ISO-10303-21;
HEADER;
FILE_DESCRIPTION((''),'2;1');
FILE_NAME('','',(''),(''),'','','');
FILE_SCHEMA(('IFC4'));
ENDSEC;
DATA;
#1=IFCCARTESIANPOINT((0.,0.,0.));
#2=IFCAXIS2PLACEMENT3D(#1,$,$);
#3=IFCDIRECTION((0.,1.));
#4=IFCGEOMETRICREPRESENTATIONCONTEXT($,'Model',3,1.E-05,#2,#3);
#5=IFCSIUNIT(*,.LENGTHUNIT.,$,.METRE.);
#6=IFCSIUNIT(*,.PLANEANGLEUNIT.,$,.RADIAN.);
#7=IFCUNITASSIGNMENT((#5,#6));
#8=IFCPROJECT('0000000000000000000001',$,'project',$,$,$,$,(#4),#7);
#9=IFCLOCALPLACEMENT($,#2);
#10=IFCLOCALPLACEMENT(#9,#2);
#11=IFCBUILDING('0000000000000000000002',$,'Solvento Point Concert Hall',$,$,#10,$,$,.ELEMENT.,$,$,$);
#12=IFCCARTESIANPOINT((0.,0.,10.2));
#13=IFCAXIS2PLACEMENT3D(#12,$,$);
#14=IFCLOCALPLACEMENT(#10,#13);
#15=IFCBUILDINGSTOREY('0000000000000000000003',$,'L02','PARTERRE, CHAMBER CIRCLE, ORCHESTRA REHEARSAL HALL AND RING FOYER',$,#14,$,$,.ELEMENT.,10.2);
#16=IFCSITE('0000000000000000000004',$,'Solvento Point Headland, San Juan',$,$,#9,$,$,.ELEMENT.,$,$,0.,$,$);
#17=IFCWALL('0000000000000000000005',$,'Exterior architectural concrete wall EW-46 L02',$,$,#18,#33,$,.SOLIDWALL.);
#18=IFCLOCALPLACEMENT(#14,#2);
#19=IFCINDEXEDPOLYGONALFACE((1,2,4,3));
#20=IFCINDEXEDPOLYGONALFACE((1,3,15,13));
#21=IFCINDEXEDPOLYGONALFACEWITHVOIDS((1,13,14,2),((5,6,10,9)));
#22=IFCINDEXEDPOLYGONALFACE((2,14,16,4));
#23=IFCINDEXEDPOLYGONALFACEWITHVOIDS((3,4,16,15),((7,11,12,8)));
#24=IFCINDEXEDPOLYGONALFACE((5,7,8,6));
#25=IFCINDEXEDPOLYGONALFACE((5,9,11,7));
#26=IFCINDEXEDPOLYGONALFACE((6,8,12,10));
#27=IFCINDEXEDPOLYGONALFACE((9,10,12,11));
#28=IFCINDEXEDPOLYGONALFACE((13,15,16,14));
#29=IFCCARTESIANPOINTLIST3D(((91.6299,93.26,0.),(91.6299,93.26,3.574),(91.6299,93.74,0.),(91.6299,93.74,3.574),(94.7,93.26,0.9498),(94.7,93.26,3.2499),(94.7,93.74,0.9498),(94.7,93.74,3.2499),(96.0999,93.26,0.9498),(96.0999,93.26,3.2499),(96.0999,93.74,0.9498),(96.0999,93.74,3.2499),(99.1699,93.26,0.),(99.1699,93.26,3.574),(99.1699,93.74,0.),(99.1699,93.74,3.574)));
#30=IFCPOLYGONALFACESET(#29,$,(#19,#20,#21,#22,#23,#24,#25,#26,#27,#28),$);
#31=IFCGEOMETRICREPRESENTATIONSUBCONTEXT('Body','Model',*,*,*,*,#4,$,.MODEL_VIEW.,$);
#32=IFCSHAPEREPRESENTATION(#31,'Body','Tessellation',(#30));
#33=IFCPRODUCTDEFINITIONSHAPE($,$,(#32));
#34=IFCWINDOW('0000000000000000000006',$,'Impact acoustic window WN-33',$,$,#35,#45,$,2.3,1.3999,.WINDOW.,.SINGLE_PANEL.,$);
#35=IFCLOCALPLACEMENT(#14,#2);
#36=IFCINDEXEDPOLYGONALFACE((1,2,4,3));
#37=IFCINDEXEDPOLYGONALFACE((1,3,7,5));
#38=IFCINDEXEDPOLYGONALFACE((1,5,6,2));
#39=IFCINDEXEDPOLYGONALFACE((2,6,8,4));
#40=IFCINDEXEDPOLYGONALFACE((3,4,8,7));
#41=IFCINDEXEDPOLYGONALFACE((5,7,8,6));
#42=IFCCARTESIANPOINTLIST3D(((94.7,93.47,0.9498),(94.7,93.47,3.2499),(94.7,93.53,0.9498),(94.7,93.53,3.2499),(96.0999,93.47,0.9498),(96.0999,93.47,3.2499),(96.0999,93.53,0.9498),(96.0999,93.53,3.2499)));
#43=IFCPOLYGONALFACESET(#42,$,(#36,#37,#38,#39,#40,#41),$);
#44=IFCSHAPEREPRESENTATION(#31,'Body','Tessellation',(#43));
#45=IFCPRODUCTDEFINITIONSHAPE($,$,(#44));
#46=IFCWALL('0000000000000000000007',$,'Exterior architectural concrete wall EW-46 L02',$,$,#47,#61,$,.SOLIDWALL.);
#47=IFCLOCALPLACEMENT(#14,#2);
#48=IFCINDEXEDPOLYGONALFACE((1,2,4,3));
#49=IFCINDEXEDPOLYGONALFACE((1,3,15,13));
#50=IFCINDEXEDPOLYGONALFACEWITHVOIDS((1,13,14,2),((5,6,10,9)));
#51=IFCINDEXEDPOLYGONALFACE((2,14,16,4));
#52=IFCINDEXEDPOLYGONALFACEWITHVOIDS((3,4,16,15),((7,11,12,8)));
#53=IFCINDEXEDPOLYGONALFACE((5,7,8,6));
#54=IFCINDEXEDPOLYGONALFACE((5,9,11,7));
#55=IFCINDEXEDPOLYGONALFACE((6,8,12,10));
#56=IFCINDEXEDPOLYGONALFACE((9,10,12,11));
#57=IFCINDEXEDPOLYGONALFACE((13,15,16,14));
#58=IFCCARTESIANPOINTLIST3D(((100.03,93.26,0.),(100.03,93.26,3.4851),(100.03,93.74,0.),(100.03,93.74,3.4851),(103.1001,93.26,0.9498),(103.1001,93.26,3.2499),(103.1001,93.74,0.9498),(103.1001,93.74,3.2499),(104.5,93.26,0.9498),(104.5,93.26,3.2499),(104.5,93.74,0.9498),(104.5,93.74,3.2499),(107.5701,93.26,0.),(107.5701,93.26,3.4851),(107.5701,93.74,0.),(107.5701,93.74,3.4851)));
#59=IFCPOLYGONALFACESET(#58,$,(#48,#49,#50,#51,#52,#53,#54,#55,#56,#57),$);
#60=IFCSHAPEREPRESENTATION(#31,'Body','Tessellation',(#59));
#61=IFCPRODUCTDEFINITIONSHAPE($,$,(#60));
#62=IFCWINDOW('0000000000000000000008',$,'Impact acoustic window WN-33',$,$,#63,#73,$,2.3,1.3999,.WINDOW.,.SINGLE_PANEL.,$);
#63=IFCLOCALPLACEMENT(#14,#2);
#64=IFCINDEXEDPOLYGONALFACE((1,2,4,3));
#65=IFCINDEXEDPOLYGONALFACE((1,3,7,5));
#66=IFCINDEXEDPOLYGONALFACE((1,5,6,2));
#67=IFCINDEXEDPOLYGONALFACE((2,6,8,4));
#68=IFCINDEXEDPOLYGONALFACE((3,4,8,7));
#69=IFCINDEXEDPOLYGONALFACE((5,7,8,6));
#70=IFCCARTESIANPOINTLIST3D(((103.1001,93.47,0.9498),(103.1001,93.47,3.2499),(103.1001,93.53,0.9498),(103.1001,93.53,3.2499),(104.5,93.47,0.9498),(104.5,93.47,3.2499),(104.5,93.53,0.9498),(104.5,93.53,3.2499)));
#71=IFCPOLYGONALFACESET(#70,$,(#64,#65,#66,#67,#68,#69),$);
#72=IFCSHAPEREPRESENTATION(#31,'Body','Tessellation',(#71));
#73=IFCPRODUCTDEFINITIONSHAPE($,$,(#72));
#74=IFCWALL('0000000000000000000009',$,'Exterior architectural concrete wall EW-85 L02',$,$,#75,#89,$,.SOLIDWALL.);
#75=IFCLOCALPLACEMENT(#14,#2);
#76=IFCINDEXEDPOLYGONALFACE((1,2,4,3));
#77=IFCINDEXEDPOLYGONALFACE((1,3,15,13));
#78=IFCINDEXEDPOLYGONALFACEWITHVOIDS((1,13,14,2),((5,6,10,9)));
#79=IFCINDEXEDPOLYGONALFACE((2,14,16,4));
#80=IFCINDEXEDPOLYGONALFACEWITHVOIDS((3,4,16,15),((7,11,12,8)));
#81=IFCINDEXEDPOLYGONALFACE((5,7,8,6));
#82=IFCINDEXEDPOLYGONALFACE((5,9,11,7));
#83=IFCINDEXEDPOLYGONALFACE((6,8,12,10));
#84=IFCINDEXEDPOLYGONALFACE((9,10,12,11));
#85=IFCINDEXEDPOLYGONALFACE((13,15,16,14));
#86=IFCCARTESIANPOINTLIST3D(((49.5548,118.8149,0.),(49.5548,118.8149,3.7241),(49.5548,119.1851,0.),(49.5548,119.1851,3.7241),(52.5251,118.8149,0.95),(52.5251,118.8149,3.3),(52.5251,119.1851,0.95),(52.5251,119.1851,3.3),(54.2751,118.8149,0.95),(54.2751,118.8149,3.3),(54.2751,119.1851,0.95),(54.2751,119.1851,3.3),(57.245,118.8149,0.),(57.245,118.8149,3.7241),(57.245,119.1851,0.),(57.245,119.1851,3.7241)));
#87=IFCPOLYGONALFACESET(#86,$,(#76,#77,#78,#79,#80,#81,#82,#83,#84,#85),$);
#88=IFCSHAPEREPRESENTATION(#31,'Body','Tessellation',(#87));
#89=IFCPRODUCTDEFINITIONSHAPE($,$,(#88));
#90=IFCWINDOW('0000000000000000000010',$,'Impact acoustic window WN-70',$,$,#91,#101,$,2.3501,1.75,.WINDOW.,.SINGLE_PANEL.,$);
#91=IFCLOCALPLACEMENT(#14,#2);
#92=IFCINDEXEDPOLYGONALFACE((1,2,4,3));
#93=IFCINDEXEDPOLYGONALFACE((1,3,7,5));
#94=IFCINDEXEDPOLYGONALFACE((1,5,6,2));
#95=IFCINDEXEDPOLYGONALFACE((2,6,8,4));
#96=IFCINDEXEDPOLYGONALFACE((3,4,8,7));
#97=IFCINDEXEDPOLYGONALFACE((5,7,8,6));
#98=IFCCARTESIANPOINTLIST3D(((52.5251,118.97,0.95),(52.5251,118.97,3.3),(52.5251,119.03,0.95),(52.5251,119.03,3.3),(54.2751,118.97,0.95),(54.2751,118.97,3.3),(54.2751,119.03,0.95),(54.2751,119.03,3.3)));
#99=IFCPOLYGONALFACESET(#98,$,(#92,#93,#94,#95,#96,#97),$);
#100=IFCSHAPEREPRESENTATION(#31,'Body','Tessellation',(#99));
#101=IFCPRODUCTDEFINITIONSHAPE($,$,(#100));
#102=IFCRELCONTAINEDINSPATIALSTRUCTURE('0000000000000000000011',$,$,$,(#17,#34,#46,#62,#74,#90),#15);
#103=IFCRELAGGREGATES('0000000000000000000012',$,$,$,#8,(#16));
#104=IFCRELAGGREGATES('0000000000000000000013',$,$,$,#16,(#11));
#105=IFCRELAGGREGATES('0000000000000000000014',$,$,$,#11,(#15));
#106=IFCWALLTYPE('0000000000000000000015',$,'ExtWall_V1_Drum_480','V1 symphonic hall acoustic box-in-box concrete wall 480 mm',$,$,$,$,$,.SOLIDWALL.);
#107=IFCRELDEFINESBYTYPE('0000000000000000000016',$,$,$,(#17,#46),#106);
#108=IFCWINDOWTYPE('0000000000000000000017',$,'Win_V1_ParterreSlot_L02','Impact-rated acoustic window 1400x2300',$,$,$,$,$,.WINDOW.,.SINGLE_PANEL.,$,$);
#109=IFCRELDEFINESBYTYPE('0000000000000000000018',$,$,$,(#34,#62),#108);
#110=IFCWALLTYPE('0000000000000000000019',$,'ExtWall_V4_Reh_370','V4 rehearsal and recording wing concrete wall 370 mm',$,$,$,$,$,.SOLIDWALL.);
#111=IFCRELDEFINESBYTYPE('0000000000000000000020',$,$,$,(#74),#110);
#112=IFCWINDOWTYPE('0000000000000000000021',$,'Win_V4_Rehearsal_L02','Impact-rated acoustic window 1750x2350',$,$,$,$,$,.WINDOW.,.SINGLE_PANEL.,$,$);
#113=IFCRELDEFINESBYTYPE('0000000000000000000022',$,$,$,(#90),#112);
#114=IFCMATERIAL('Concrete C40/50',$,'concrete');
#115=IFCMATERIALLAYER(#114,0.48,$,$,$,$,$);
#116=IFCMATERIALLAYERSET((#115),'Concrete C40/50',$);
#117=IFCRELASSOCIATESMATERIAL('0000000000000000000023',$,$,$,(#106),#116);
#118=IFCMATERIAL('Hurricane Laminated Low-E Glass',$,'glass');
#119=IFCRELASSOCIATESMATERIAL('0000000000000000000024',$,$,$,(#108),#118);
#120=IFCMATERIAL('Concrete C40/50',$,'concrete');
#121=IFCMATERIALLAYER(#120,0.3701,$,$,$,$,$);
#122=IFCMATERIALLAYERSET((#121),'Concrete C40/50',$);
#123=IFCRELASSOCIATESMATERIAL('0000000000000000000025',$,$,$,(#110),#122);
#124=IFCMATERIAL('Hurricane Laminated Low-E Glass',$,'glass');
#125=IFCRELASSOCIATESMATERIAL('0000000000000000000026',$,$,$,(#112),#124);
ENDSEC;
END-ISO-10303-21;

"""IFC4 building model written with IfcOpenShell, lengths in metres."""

from ifc_helpers import new_model, si_unit, direction, frame, frame_2d, origin, place, context, subcontext, project, spatial, rectangle, extrude, material, layer, layer_set, type_object, element, fill, save


model = new_model("IFC4")

# Units and contexts
model_context = context("Model", 3, precision=1e-05, world=origin(), true_north=direction((0.0, 1.0)))
body_context = subcontext(model_context, "Body", "Model", "MODEL_VIEW")
ifc_project = project(units=[si_unit("LENGTHUNIT", "METRE"), si_unit("PLANEANGLEUNIT", "RADIAN")], contexts=[model_context])

# Site, building, storey
site_placement = place(None, origin())
site = spatial("IfcSite", under=ifc_project, at=site_placement, Name="Solvento Point Headland, San Juan", CompositionType="ELEMENT", RefElevation=0.0)
building_placement = place(site_placement, origin())
building = spatial("IfcBuilding", under=site, at=building_placement, Name="Solvento Point Concert Hall", CompositionType="ELEMENT")
storey_placement = place(building_placement, frame((0.0, 0.0, 10.2)))
storey = spatial("IfcBuildingStorey", under=building, at=storey_placement, Name="L02", Description="PARTERRE, CHAMBER CIRCLE, ORCHESTRA REHEARSAL HALL AND RING FOYER", CompositionType="ELEMENT", Elevation=10.2)

# Walls, openings, windows
ifc_material_1 = material(Name="Concrete C40/50", Category="concrete")
ifc_layer_1 = layer(ifc_material_1, 0.48)
ifc_layer_set_1 = layer_set([ifc_layer_1], Name="Concrete C40/50")
wall_type_1 = type_object("IfcWallType", Name="ExtWall_V1_Drum_480", Description="V1 symphonic hall acoustic box-in-box concrete wall 480 mm", PredefinedType="SOLIDWALL", material=ifc_layer_set_1)
ifc_material_2 = material(Name="Hurricane Laminated Low-E Glass", Category="glass")
window_type_1 = type_object("IfcWindowType", Name="Win_V1_ParterreSlot_L02", Description="Impact-rated acoustic window 1400x2300", PartitioningType="SINGLE_PANEL", PredefinedType="WINDOW", material=ifc_material_2)
wall_1_placement = place(storey_placement, frame((91.6299, 93.5, 0.0), z_axis=(0.0, 0.0, 1.0), x_axis=(1.0, 0.0, 0.0)))
wall_1 = element("IfcWall", 1, at=wall_1_placement, inside=storey, type_object=wall_type_1, Name="Exterior architectural concrete wall EW-46 L02", PredefinedType="SOLIDWALL", context=body_context, shape_type="SweptSolid", body=[
    extrude(rectangle(XDim=7.54, YDim=0.48, at=frame_2d((3.77, 0.0))), origin(), (0.0, 0.0, 1.0), 3.574),
])
opening_1_placement = place(wall_1_placement, frame((3.0701, 0.0, 0.95)))
opening_1 = element("IfcOpeningElement", 2, at=opening_1_placement, cuts=wall_1, PredefinedType="OPENING", context=body_context, shape_type="SweptSolid", body=[
    extrude(rectangle(XDim=1.3999, YDim=2.3, at=frame_2d((0.7, 1.1499))), frame((0.0, 0.25, 0.0), z_axis=(0.0, -1.0, 0.0), x_axis=(1.0, 0.0, 0.0)), (0.0, 0.0, 1.0), 0.5),
])
window_1_placement = place(opening_1_placement, origin())
window_1 = element("IfcWindow", 3, at=window_1_placement, inside=storey, type_object=window_type_1, Name="Impact acoustic window WN-33", OverallHeight=2.3, OverallWidth=1.3999, PartitioningType="SINGLE_PANEL", PredefinedType="WINDOW", context=body_context, shape_type="SweptSolid", body=[
    extrude(rectangle(XDim=1.3999, YDim=2.3, at=frame_2d((0.7, 1.1499))), frame((0.0, 0.03, 0.0), z_axis=(0.0, -1.0, 0.0), x_axis=(1.0, 0.0, 0.0)), (0.0, 0.0, 1.0), 0.0601),
])
fill(opening_1, window_1)
wall_2_placement = place(storey_placement, frame((100.03, 93.5, 0.0), z_axis=(0.0, 0.0, 1.0), x_axis=(1.0, 0.0, 0.0)))
wall_2 = element("IfcWall", 4, at=wall_2_placement, inside=storey, type_object=wall_type_1, Name="Exterior architectural concrete wall EW-46 L02", PredefinedType="SOLIDWALL", context=body_context, shape_type="SweptSolid", body=[
    extrude(rectangle(XDim=7.54, YDim=0.48, at=frame_2d((3.77, 0.0))), origin(), (0.0, 0.0, 1.0), 3.4851),
])
opening_2_placement = place(wall_2_placement, frame((3.0701, 0.0, 0.95)))
opening_2 = element("IfcOpeningElement", 5, at=opening_2_placement, cuts=wall_2, PredefinedType="OPENING", context=body_context, shape_type="SweptSolid", body=[
    extrude(rectangle(XDim=1.3999, YDim=2.3, at=frame_2d((0.7, 1.1499))), frame((0.0, 0.25, 0.0), z_axis=(0.0, -1.0, 0.0), x_axis=(1.0, 0.0, 0.0)), (0.0, 0.0, 1.0), 0.5),
])
window_2_placement = place(opening_2_placement, origin())
window_2 = element("IfcWindow", 6, at=window_2_placement, inside=storey, type_object=window_type_1, Name="Impact acoustic window WN-33", OverallHeight=2.3, OverallWidth=1.3999, PartitioningType="SINGLE_PANEL", PredefinedType="WINDOW", context=body_context, shape_type="SweptSolid", body=[
    extrude(rectangle(XDim=1.3999, YDim=2.3, at=frame_2d((0.7, 1.1499))), frame((0.0, 0.03, 0.0), z_axis=(0.0, -1.0, 0.0), x_axis=(1.0, 0.0, 0.0)), (0.0, 0.0, 1.0), 0.0601),
])
fill(opening_2, window_2)
ifc_material_3 = material(Name="Concrete C40/50", Category="concrete")
ifc_layer_2 = layer(ifc_material_3, 0.3701)
ifc_layer_set_2 = layer_set([ifc_layer_2], Name="Concrete C40/50")
wall_type_2 = type_object("IfcWallType", Name="ExtWall_V4_Reh_370", Description="V4 rehearsal and recording wing concrete wall 370 mm", PredefinedType="SOLIDWALL", material=ifc_layer_set_2)
wall_3_placement = place(storey_placement, frame((57.2451, 119.0, 0.0), z_axis=(0.0, 0.0, 1.0), x_axis=(-1.0, 0.0, 0.0)))
wall_3 = element("IfcWall", 7, at=wall_3_placement, inside=storey, type_object=wall_type_2, Name="Exterior architectural concrete wall EW-85 L02", PredefinedType="SOLIDWALL", context=body_context, shape_type="SweptSolid", body=[
    extrude(rectangle(XDim=7.6902, YDim=0.3701, at=frame_2d((3.8452, 0.0))), origin(), (0.0, 0.0, 1.0), 3.7241),
])
opening_3_placement = place(wall_3_placement, frame((2.97, 0.0, 0.95)))
opening_3 = element("IfcOpeningElement", 8, at=opening_3_placement, cuts=wall_3, PredefinedType="OPENING", context=body_context, shape_type="SweptSolid", body=[
    extrude(rectangle(XDim=1.75, YDim=2.3501, at=frame_2d((0.875, 1.175))), frame((0.0, 0.1951, 0.0), z_axis=(0.0, -1.0, 0.0), x_axis=(1.0, 0.0, 0.0)), (0.0, 0.0, 1.0), 0.3901),
])
ifc_material_4 = material(Name="Hurricane Laminated Low-E Glass", Category="glass")
window_type_2 = type_object("IfcWindowType", Name="Win_V4_Rehearsal_L02", Description="Impact-rated acoustic window 1750x2350", PartitioningType="SINGLE_PANEL", PredefinedType="WINDOW", material=ifc_material_4)
window_3_placement = place(opening_3_placement, origin())
window_3 = element("IfcWindow", 9, at=window_3_placement, inside=storey, type_object=window_type_2, Name="Impact acoustic window WN-70", OverallHeight=2.3501, OverallWidth=1.75, PartitioningType="SINGLE_PANEL", PredefinedType="WINDOW", context=body_context, shape_type="SweptSolid", body=[
    extrude(rectangle(XDim=1.75, YDim=2.3501, at=frame_2d((0.875, 1.175))), frame((0.0, 0.03, 0.0), z_axis=(0.0, -1.0, 0.0), x_axis=(1.0, 0.0, 0.0)), (0.0, 0.0, 1.0), 0.0601),
])
fill(opening_3, window_3)

save(model, "model.ifc")
